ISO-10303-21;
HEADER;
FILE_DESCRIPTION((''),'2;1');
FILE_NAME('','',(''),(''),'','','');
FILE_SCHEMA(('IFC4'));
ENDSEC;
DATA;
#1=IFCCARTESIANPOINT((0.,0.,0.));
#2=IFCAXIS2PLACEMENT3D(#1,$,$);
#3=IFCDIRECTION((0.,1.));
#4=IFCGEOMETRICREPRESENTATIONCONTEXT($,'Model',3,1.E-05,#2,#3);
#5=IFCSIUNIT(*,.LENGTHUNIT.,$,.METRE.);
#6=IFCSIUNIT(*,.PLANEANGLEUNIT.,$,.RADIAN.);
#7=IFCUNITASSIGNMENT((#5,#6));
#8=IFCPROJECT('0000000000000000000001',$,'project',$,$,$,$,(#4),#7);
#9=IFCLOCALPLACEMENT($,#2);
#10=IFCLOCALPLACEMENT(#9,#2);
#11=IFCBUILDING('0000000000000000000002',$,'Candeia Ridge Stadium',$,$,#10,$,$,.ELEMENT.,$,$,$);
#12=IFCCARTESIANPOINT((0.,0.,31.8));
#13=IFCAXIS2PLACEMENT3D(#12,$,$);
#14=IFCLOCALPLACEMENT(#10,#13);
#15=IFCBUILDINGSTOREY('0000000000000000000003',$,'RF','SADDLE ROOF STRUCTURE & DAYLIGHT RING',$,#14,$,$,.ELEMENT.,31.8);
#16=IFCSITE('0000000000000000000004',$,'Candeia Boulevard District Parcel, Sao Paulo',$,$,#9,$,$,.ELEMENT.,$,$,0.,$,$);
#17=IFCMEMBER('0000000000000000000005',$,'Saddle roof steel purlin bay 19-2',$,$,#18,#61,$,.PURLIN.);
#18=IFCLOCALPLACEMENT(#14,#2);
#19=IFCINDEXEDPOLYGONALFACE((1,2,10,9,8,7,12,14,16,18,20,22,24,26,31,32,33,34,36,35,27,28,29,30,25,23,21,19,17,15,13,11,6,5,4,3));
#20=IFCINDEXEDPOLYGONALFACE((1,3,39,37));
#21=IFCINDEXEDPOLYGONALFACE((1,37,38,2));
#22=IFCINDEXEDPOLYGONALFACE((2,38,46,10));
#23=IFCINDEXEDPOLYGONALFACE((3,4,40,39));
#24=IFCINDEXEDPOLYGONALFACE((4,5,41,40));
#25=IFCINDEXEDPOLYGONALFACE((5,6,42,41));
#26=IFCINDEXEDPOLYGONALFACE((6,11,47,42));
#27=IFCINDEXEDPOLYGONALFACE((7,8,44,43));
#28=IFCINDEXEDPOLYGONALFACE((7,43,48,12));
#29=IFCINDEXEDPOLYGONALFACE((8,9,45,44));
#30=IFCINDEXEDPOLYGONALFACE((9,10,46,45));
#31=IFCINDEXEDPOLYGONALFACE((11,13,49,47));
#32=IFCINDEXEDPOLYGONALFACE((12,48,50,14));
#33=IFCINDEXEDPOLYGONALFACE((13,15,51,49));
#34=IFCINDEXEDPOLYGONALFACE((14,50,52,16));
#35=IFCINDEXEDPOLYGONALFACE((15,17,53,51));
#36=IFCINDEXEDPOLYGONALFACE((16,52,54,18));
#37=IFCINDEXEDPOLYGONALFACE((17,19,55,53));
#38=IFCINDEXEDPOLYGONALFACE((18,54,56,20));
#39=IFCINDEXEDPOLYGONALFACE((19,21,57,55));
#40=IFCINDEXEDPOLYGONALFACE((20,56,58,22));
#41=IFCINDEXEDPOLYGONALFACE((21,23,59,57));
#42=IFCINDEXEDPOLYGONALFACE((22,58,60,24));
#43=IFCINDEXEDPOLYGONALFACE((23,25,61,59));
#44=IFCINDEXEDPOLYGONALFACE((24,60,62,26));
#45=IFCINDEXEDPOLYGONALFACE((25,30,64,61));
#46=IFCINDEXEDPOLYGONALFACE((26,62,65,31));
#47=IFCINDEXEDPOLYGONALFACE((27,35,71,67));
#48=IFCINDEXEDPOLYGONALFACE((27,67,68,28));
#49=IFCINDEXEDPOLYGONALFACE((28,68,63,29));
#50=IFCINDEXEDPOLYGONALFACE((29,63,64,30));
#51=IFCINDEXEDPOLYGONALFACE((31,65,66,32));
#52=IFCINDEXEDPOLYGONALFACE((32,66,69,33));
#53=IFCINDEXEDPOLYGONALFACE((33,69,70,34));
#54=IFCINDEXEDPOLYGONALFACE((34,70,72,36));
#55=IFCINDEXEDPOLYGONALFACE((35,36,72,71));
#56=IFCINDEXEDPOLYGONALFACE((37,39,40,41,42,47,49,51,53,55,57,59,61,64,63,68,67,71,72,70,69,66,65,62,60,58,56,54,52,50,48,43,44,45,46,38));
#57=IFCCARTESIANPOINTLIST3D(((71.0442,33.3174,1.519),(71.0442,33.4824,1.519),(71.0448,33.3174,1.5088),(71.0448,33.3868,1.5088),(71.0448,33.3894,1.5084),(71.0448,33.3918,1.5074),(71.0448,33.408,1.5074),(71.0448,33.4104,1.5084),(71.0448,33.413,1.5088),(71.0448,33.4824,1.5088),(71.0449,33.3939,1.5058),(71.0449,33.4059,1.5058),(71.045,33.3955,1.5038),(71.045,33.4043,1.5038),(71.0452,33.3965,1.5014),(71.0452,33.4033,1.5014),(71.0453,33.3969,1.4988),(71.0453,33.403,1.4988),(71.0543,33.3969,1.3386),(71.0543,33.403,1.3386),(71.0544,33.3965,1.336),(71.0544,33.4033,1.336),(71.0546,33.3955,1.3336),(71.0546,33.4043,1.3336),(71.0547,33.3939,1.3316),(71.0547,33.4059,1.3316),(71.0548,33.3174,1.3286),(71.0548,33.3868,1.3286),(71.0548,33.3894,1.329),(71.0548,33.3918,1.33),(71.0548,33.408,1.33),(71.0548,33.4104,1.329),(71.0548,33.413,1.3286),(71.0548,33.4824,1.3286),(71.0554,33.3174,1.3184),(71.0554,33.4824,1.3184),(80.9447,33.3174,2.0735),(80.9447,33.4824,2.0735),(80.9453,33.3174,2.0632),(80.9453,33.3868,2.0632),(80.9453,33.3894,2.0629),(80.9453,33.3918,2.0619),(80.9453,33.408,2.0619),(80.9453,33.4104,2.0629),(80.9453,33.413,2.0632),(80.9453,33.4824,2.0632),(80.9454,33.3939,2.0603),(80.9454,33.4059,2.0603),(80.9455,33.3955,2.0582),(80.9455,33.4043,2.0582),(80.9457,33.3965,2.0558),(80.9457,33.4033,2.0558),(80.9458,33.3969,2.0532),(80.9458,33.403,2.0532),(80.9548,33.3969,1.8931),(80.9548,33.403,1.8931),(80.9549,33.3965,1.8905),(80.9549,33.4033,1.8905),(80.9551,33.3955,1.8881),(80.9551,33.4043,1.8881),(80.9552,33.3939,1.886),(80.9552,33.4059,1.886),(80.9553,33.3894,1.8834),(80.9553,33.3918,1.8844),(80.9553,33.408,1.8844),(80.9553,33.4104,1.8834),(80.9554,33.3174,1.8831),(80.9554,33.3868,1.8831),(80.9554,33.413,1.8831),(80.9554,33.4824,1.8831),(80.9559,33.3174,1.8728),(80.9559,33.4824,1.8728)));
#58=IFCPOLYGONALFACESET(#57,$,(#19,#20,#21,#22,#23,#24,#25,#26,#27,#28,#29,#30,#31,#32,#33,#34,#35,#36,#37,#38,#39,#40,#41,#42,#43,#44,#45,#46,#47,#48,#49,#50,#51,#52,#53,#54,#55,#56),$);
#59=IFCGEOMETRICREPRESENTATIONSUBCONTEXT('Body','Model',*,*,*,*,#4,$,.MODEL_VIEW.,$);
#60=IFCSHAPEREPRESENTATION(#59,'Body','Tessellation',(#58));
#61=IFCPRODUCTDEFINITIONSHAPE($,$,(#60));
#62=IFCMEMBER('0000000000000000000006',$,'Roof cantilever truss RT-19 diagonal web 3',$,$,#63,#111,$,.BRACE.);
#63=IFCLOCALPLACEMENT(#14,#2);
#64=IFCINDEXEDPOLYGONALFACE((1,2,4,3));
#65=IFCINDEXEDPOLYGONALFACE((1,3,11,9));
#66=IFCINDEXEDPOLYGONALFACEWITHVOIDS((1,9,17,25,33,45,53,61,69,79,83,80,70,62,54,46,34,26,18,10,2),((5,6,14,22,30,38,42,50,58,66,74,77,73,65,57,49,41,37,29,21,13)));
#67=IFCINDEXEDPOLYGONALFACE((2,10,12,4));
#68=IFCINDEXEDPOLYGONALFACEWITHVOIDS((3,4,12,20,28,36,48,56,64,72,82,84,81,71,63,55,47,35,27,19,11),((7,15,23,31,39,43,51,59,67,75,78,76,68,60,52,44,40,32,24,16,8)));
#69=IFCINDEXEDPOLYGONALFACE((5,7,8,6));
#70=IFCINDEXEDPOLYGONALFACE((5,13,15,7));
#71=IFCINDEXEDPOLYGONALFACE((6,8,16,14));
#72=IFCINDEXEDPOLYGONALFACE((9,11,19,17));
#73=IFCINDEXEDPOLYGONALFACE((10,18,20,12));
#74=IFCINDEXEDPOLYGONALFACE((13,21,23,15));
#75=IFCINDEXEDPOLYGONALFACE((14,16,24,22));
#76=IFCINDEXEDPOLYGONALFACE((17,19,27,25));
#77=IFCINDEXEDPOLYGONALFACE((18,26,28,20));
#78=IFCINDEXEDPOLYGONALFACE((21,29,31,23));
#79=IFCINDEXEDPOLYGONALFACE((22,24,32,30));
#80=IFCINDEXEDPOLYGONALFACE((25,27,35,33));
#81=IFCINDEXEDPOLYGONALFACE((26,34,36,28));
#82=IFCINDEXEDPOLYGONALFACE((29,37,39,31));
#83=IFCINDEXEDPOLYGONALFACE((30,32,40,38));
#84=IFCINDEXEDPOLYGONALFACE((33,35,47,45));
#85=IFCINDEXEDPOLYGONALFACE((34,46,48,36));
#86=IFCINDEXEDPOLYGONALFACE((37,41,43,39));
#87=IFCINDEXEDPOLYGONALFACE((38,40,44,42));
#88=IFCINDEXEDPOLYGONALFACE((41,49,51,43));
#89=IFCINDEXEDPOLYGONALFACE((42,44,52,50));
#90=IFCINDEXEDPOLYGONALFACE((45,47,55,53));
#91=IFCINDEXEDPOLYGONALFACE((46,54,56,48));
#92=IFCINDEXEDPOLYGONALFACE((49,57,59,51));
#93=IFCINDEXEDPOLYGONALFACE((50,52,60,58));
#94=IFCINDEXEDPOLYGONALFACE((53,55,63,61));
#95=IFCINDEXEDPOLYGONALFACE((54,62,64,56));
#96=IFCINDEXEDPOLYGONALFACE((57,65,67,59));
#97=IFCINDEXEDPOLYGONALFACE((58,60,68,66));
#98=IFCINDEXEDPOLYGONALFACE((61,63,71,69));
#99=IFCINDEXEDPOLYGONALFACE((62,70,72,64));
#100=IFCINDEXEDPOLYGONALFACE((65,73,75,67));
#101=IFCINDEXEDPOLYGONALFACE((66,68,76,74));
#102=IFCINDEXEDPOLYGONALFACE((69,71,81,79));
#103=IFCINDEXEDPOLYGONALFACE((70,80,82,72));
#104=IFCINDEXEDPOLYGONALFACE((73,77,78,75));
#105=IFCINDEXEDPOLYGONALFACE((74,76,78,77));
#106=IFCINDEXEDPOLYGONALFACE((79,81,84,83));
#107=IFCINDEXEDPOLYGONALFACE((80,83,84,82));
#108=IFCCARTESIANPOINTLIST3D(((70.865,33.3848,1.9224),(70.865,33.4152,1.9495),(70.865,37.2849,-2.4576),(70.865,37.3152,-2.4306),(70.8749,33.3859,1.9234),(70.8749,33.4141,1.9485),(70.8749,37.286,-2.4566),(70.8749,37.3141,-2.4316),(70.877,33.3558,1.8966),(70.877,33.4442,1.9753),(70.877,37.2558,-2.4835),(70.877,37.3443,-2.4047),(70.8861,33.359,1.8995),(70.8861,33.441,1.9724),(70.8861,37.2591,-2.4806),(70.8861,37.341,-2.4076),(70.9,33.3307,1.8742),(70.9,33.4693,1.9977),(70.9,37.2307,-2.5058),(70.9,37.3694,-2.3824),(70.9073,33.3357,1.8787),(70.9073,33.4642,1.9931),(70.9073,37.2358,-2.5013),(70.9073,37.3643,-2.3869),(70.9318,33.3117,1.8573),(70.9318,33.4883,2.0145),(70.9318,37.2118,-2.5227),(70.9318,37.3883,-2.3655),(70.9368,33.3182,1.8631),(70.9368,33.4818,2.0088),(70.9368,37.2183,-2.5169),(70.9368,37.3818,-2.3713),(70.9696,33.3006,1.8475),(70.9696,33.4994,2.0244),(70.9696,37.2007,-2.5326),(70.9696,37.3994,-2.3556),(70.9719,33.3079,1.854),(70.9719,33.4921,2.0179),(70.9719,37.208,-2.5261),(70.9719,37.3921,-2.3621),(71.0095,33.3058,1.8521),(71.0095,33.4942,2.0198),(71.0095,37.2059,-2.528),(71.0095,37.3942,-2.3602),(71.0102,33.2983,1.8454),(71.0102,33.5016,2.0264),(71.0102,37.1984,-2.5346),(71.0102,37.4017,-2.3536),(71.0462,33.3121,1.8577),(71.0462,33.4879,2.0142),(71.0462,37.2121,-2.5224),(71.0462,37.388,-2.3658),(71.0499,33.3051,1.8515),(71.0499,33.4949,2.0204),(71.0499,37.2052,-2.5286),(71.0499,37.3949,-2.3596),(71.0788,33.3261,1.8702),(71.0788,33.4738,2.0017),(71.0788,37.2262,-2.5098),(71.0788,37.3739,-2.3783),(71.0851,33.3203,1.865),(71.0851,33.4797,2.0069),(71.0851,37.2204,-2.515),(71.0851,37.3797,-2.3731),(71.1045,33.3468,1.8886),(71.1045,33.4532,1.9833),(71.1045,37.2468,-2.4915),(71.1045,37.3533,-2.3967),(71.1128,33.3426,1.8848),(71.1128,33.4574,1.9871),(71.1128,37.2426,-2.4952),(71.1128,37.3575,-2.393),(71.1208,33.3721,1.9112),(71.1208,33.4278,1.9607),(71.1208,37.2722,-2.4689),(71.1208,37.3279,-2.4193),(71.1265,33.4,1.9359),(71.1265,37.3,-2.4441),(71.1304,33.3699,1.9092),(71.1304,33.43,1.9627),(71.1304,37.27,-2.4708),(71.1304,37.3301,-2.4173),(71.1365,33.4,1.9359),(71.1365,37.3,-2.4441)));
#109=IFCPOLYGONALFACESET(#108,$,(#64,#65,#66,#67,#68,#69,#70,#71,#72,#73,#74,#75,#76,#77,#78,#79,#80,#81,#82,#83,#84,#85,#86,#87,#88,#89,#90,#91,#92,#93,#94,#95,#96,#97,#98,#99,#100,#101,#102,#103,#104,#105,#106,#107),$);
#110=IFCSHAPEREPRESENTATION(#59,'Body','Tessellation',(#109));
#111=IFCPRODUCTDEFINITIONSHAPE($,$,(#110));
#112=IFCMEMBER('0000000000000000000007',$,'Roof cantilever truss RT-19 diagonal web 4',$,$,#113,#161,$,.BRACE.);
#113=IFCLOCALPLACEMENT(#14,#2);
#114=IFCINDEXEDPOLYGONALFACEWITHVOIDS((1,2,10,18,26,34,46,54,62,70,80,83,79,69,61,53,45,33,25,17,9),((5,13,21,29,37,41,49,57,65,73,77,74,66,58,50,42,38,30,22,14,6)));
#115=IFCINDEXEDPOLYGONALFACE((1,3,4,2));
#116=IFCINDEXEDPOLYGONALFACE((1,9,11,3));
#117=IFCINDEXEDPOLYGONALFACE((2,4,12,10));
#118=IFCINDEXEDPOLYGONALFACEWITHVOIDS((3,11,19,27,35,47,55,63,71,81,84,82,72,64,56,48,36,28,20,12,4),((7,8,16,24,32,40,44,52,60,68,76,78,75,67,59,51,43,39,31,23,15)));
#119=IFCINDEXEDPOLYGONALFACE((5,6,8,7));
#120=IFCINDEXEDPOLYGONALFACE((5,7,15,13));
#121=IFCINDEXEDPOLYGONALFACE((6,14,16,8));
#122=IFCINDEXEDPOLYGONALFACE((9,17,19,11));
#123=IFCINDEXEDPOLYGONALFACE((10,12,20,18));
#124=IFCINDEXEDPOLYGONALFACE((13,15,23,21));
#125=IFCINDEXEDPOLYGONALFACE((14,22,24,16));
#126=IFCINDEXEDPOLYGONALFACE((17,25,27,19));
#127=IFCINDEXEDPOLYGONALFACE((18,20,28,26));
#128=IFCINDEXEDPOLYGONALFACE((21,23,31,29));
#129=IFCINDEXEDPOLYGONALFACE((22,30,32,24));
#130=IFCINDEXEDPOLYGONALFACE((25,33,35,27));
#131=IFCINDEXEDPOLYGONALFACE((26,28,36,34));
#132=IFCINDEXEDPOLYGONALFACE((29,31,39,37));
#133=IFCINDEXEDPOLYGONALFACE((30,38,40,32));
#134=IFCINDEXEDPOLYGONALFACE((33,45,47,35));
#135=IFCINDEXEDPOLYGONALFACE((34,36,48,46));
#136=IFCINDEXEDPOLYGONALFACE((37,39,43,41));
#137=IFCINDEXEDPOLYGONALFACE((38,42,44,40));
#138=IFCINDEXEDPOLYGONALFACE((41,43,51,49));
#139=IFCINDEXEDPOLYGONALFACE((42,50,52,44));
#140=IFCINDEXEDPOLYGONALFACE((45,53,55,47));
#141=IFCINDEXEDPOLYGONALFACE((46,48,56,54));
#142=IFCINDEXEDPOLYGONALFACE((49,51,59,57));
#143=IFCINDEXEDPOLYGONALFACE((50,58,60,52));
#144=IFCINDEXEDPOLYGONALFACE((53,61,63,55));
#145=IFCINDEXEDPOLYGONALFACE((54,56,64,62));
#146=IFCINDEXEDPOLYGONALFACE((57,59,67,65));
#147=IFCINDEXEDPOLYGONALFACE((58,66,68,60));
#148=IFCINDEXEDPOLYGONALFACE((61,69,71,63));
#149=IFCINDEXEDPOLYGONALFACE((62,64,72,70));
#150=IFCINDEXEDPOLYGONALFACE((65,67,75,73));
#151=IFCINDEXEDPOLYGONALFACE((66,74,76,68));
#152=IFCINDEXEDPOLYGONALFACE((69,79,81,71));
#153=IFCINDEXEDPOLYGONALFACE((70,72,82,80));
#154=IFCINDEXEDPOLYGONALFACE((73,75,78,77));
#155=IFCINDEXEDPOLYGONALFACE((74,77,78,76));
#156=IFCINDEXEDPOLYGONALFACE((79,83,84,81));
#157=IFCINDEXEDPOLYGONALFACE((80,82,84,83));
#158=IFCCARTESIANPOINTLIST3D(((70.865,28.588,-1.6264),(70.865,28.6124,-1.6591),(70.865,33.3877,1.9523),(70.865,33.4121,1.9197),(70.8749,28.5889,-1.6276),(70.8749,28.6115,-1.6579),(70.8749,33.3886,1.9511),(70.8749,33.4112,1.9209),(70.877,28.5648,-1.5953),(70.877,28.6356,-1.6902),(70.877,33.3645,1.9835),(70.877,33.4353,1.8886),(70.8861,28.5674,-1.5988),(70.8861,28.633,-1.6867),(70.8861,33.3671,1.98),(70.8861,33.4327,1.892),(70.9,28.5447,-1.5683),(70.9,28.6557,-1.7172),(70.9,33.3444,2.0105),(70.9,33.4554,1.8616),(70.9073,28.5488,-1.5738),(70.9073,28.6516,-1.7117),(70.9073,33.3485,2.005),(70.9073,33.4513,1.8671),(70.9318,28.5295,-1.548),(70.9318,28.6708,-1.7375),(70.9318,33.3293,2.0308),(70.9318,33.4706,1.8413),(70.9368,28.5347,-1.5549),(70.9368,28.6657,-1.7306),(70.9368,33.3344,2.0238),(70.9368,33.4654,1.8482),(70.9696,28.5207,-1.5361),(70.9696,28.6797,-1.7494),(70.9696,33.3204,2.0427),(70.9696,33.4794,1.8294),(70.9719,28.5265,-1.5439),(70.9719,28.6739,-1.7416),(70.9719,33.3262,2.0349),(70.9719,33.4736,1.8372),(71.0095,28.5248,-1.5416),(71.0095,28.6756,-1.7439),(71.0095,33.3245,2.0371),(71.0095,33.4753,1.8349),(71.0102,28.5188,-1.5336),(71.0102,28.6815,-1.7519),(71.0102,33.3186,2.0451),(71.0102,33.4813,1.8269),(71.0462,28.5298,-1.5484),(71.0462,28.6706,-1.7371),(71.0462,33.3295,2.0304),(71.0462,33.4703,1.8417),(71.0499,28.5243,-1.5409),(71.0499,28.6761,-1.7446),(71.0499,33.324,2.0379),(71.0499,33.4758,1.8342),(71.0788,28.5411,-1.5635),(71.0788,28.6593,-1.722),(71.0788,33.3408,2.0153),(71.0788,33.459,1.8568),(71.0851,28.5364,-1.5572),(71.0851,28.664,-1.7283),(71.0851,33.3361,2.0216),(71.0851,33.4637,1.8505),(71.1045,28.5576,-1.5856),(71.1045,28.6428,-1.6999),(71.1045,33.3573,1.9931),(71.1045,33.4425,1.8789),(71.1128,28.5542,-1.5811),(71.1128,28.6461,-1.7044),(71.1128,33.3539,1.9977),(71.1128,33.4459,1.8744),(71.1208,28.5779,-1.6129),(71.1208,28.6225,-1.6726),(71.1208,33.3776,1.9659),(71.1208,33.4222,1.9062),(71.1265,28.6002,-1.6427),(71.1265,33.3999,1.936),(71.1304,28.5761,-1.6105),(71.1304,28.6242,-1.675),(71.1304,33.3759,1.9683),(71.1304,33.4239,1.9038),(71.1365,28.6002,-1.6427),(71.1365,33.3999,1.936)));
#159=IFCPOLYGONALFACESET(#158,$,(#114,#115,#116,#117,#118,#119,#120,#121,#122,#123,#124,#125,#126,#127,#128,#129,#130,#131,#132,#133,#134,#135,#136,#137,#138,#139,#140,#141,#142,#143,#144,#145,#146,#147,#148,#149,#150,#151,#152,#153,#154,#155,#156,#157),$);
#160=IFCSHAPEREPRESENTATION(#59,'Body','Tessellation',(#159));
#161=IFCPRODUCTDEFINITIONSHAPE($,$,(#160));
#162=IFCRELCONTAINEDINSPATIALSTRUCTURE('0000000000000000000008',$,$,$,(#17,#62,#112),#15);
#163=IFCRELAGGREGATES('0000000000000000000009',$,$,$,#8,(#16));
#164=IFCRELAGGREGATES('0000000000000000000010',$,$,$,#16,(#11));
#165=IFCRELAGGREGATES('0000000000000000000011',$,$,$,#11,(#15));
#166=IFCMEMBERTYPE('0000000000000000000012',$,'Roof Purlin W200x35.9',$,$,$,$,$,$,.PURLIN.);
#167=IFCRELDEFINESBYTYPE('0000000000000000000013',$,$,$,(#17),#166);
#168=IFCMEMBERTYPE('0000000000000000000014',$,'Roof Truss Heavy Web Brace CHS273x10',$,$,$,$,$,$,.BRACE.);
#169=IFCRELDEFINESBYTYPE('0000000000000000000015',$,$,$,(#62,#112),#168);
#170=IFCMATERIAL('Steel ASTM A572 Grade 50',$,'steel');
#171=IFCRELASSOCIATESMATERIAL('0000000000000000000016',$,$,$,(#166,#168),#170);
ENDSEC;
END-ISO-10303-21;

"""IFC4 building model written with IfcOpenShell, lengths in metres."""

from ifc_helpers import new_model, si_unit, direction, frame, origin, origin_2d, place, context, subcontext, project, spatial, hollow_circle, i_section, extrude, material, material_profile, profile_set, type_object, element, save


model = new_model("IFC4")

# Units and contexts
model_context = context("Model", 3, precision=1e-05, world=origin(), true_north=direction((0.0, 1.0)))
body_context = subcontext(model_context, "Body", "Model", "MODEL_VIEW")
ifc_project = project(units=[si_unit("LENGTHUNIT", "METRE"), si_unit("PLANEANGLEUNIT", "RADIAN")], contexts=[model_context])

# Site, building, storey
site_placement = place(None, origin())
site = spatial("IfcSite", under=ifc_project, at=site_placement, Name="Candeia Boulevard District Parcel, Sao Paulo", CompositionType="ELEMENT", RefElevation=0.0)
building_placement = place(site_placement, origin())
building = spatial("IfcBuilding", under=site, at=building_placement, Name="Candeia Ridge Stadium", CompositionType="ELEMENT")
storey_placement = place(building_placement, frame((0.0, 0.0, 31.8)))
storey = spatial("IfcBuildingStorey", under=building, at=storey_placement, Name="RF", Description="SADDLE ROOF STRUCTURE & DAYLIGHT RING", CompositionType="ELEMENT", Elevation=31.8)

# Shared definitions
ifc_material_1 = material(Name="Steel ASTM A572 Grade 50", Category="steel")

# Members
ifc_material_profile_1 = material_profile(ifc_material_1, i_section(OverallWidth=0.165, OverallDepth=0.2009, WebThickness=0.0061, FlangeThickness=0.0103, FilletRadius=0.01, at=origin_2d()), Name="W200x35.9", Category="steel")
ifc_profile_set_1 = profile_set([ifc_material_profile_1], Name="Steel ASTM A572 Grade 50")
member_type_1 = type_object("IfcMemberType", Name="Roof Purlin W200x35.9", PredefinedType="PURLIN", material=ifc_profile_set_1)
member_1_placement = place(storey_placement, frame((71.0498, 33.3999, 1.4187), z_axis=(0.998436, 0.0, 0.055915), x_axis=(0.0, 1.0, 0.0)))
element("IfcMember", 1, at=member_1_placement, inside=storey, type_object=member_type_1, Name="Saddle roof steel purlin bay 19-2", PredefinedType="PURLIN", context=body_context, shape_type="SweptSolid", body=[
    extrude(i_section(OverallWidth=0.165, OverallDepth=0.2009, WebThickness=0.0061, FlangeThickness=0.0103, FilletRadius=0.01, at=origin_2d()), origin(), (0.0, 0.0, 1.0), 9.916),
])
ifc_material_profile_2 = material_profile(ifc_material_1, hollow_circle(Radius=0.1365, WallThickness=0.01, at=origin_2d()), Name="CHS273x10", Category="steel")
ifc_profile_set_2 = profile_set([ifc_material_profile_2], Name="Steel ASTM A572 Grade 50")
member_type_2 = type_object("IfcMemberType", Name="Roof Truss Heavy Web Brace CHS273x10", PredefinedType="BRACE", material=ifc_profile_set_2)
member_2_placement = place(storey_placement, frame((71.0, 37.3, -2.4441), z_axis=(0.0, -0.665002, 0.746842), x_axis=(1.0, 0.0, 0.0)))
element("IfcMember", 2, at=member_2_placement, inside=storey, type_object=member_type_2, Name="Roof cantilever truss RT-19 diagonal web 3", PredefinedType="BRACE", context=body_context, shape_type="SweptSolid", body=[
    extrude(hollow_circle(Radius=0.1365, WallThickness=0.01, at=origin_2d()), origin(), (0.0, 0.0, 1.0), 5.8647),
])
member_3_placement = place(storey_placement, frame((71.0, 33.3999, 1.936), z_axis=(0.0, -0.80168, -0.597753), x_axis=(1.0, 0.0, 0.0)))
element("IfcMember", 3, at=member_3_placement, inside=storey, type_object=member_type_2, Name="Roof cantilever truss RT-19 diagonal web 4", PredefinedType="BRACE", context=body_context, shape_type="SweptSolid", body=[
    extrude(hollow_circle(Radius=0.1365, WallThickness=0.01, at=origin_2d()), origin(), (0.0, 0.0, 1.0), 5.9871),
])

save(model, "model.ifc")
